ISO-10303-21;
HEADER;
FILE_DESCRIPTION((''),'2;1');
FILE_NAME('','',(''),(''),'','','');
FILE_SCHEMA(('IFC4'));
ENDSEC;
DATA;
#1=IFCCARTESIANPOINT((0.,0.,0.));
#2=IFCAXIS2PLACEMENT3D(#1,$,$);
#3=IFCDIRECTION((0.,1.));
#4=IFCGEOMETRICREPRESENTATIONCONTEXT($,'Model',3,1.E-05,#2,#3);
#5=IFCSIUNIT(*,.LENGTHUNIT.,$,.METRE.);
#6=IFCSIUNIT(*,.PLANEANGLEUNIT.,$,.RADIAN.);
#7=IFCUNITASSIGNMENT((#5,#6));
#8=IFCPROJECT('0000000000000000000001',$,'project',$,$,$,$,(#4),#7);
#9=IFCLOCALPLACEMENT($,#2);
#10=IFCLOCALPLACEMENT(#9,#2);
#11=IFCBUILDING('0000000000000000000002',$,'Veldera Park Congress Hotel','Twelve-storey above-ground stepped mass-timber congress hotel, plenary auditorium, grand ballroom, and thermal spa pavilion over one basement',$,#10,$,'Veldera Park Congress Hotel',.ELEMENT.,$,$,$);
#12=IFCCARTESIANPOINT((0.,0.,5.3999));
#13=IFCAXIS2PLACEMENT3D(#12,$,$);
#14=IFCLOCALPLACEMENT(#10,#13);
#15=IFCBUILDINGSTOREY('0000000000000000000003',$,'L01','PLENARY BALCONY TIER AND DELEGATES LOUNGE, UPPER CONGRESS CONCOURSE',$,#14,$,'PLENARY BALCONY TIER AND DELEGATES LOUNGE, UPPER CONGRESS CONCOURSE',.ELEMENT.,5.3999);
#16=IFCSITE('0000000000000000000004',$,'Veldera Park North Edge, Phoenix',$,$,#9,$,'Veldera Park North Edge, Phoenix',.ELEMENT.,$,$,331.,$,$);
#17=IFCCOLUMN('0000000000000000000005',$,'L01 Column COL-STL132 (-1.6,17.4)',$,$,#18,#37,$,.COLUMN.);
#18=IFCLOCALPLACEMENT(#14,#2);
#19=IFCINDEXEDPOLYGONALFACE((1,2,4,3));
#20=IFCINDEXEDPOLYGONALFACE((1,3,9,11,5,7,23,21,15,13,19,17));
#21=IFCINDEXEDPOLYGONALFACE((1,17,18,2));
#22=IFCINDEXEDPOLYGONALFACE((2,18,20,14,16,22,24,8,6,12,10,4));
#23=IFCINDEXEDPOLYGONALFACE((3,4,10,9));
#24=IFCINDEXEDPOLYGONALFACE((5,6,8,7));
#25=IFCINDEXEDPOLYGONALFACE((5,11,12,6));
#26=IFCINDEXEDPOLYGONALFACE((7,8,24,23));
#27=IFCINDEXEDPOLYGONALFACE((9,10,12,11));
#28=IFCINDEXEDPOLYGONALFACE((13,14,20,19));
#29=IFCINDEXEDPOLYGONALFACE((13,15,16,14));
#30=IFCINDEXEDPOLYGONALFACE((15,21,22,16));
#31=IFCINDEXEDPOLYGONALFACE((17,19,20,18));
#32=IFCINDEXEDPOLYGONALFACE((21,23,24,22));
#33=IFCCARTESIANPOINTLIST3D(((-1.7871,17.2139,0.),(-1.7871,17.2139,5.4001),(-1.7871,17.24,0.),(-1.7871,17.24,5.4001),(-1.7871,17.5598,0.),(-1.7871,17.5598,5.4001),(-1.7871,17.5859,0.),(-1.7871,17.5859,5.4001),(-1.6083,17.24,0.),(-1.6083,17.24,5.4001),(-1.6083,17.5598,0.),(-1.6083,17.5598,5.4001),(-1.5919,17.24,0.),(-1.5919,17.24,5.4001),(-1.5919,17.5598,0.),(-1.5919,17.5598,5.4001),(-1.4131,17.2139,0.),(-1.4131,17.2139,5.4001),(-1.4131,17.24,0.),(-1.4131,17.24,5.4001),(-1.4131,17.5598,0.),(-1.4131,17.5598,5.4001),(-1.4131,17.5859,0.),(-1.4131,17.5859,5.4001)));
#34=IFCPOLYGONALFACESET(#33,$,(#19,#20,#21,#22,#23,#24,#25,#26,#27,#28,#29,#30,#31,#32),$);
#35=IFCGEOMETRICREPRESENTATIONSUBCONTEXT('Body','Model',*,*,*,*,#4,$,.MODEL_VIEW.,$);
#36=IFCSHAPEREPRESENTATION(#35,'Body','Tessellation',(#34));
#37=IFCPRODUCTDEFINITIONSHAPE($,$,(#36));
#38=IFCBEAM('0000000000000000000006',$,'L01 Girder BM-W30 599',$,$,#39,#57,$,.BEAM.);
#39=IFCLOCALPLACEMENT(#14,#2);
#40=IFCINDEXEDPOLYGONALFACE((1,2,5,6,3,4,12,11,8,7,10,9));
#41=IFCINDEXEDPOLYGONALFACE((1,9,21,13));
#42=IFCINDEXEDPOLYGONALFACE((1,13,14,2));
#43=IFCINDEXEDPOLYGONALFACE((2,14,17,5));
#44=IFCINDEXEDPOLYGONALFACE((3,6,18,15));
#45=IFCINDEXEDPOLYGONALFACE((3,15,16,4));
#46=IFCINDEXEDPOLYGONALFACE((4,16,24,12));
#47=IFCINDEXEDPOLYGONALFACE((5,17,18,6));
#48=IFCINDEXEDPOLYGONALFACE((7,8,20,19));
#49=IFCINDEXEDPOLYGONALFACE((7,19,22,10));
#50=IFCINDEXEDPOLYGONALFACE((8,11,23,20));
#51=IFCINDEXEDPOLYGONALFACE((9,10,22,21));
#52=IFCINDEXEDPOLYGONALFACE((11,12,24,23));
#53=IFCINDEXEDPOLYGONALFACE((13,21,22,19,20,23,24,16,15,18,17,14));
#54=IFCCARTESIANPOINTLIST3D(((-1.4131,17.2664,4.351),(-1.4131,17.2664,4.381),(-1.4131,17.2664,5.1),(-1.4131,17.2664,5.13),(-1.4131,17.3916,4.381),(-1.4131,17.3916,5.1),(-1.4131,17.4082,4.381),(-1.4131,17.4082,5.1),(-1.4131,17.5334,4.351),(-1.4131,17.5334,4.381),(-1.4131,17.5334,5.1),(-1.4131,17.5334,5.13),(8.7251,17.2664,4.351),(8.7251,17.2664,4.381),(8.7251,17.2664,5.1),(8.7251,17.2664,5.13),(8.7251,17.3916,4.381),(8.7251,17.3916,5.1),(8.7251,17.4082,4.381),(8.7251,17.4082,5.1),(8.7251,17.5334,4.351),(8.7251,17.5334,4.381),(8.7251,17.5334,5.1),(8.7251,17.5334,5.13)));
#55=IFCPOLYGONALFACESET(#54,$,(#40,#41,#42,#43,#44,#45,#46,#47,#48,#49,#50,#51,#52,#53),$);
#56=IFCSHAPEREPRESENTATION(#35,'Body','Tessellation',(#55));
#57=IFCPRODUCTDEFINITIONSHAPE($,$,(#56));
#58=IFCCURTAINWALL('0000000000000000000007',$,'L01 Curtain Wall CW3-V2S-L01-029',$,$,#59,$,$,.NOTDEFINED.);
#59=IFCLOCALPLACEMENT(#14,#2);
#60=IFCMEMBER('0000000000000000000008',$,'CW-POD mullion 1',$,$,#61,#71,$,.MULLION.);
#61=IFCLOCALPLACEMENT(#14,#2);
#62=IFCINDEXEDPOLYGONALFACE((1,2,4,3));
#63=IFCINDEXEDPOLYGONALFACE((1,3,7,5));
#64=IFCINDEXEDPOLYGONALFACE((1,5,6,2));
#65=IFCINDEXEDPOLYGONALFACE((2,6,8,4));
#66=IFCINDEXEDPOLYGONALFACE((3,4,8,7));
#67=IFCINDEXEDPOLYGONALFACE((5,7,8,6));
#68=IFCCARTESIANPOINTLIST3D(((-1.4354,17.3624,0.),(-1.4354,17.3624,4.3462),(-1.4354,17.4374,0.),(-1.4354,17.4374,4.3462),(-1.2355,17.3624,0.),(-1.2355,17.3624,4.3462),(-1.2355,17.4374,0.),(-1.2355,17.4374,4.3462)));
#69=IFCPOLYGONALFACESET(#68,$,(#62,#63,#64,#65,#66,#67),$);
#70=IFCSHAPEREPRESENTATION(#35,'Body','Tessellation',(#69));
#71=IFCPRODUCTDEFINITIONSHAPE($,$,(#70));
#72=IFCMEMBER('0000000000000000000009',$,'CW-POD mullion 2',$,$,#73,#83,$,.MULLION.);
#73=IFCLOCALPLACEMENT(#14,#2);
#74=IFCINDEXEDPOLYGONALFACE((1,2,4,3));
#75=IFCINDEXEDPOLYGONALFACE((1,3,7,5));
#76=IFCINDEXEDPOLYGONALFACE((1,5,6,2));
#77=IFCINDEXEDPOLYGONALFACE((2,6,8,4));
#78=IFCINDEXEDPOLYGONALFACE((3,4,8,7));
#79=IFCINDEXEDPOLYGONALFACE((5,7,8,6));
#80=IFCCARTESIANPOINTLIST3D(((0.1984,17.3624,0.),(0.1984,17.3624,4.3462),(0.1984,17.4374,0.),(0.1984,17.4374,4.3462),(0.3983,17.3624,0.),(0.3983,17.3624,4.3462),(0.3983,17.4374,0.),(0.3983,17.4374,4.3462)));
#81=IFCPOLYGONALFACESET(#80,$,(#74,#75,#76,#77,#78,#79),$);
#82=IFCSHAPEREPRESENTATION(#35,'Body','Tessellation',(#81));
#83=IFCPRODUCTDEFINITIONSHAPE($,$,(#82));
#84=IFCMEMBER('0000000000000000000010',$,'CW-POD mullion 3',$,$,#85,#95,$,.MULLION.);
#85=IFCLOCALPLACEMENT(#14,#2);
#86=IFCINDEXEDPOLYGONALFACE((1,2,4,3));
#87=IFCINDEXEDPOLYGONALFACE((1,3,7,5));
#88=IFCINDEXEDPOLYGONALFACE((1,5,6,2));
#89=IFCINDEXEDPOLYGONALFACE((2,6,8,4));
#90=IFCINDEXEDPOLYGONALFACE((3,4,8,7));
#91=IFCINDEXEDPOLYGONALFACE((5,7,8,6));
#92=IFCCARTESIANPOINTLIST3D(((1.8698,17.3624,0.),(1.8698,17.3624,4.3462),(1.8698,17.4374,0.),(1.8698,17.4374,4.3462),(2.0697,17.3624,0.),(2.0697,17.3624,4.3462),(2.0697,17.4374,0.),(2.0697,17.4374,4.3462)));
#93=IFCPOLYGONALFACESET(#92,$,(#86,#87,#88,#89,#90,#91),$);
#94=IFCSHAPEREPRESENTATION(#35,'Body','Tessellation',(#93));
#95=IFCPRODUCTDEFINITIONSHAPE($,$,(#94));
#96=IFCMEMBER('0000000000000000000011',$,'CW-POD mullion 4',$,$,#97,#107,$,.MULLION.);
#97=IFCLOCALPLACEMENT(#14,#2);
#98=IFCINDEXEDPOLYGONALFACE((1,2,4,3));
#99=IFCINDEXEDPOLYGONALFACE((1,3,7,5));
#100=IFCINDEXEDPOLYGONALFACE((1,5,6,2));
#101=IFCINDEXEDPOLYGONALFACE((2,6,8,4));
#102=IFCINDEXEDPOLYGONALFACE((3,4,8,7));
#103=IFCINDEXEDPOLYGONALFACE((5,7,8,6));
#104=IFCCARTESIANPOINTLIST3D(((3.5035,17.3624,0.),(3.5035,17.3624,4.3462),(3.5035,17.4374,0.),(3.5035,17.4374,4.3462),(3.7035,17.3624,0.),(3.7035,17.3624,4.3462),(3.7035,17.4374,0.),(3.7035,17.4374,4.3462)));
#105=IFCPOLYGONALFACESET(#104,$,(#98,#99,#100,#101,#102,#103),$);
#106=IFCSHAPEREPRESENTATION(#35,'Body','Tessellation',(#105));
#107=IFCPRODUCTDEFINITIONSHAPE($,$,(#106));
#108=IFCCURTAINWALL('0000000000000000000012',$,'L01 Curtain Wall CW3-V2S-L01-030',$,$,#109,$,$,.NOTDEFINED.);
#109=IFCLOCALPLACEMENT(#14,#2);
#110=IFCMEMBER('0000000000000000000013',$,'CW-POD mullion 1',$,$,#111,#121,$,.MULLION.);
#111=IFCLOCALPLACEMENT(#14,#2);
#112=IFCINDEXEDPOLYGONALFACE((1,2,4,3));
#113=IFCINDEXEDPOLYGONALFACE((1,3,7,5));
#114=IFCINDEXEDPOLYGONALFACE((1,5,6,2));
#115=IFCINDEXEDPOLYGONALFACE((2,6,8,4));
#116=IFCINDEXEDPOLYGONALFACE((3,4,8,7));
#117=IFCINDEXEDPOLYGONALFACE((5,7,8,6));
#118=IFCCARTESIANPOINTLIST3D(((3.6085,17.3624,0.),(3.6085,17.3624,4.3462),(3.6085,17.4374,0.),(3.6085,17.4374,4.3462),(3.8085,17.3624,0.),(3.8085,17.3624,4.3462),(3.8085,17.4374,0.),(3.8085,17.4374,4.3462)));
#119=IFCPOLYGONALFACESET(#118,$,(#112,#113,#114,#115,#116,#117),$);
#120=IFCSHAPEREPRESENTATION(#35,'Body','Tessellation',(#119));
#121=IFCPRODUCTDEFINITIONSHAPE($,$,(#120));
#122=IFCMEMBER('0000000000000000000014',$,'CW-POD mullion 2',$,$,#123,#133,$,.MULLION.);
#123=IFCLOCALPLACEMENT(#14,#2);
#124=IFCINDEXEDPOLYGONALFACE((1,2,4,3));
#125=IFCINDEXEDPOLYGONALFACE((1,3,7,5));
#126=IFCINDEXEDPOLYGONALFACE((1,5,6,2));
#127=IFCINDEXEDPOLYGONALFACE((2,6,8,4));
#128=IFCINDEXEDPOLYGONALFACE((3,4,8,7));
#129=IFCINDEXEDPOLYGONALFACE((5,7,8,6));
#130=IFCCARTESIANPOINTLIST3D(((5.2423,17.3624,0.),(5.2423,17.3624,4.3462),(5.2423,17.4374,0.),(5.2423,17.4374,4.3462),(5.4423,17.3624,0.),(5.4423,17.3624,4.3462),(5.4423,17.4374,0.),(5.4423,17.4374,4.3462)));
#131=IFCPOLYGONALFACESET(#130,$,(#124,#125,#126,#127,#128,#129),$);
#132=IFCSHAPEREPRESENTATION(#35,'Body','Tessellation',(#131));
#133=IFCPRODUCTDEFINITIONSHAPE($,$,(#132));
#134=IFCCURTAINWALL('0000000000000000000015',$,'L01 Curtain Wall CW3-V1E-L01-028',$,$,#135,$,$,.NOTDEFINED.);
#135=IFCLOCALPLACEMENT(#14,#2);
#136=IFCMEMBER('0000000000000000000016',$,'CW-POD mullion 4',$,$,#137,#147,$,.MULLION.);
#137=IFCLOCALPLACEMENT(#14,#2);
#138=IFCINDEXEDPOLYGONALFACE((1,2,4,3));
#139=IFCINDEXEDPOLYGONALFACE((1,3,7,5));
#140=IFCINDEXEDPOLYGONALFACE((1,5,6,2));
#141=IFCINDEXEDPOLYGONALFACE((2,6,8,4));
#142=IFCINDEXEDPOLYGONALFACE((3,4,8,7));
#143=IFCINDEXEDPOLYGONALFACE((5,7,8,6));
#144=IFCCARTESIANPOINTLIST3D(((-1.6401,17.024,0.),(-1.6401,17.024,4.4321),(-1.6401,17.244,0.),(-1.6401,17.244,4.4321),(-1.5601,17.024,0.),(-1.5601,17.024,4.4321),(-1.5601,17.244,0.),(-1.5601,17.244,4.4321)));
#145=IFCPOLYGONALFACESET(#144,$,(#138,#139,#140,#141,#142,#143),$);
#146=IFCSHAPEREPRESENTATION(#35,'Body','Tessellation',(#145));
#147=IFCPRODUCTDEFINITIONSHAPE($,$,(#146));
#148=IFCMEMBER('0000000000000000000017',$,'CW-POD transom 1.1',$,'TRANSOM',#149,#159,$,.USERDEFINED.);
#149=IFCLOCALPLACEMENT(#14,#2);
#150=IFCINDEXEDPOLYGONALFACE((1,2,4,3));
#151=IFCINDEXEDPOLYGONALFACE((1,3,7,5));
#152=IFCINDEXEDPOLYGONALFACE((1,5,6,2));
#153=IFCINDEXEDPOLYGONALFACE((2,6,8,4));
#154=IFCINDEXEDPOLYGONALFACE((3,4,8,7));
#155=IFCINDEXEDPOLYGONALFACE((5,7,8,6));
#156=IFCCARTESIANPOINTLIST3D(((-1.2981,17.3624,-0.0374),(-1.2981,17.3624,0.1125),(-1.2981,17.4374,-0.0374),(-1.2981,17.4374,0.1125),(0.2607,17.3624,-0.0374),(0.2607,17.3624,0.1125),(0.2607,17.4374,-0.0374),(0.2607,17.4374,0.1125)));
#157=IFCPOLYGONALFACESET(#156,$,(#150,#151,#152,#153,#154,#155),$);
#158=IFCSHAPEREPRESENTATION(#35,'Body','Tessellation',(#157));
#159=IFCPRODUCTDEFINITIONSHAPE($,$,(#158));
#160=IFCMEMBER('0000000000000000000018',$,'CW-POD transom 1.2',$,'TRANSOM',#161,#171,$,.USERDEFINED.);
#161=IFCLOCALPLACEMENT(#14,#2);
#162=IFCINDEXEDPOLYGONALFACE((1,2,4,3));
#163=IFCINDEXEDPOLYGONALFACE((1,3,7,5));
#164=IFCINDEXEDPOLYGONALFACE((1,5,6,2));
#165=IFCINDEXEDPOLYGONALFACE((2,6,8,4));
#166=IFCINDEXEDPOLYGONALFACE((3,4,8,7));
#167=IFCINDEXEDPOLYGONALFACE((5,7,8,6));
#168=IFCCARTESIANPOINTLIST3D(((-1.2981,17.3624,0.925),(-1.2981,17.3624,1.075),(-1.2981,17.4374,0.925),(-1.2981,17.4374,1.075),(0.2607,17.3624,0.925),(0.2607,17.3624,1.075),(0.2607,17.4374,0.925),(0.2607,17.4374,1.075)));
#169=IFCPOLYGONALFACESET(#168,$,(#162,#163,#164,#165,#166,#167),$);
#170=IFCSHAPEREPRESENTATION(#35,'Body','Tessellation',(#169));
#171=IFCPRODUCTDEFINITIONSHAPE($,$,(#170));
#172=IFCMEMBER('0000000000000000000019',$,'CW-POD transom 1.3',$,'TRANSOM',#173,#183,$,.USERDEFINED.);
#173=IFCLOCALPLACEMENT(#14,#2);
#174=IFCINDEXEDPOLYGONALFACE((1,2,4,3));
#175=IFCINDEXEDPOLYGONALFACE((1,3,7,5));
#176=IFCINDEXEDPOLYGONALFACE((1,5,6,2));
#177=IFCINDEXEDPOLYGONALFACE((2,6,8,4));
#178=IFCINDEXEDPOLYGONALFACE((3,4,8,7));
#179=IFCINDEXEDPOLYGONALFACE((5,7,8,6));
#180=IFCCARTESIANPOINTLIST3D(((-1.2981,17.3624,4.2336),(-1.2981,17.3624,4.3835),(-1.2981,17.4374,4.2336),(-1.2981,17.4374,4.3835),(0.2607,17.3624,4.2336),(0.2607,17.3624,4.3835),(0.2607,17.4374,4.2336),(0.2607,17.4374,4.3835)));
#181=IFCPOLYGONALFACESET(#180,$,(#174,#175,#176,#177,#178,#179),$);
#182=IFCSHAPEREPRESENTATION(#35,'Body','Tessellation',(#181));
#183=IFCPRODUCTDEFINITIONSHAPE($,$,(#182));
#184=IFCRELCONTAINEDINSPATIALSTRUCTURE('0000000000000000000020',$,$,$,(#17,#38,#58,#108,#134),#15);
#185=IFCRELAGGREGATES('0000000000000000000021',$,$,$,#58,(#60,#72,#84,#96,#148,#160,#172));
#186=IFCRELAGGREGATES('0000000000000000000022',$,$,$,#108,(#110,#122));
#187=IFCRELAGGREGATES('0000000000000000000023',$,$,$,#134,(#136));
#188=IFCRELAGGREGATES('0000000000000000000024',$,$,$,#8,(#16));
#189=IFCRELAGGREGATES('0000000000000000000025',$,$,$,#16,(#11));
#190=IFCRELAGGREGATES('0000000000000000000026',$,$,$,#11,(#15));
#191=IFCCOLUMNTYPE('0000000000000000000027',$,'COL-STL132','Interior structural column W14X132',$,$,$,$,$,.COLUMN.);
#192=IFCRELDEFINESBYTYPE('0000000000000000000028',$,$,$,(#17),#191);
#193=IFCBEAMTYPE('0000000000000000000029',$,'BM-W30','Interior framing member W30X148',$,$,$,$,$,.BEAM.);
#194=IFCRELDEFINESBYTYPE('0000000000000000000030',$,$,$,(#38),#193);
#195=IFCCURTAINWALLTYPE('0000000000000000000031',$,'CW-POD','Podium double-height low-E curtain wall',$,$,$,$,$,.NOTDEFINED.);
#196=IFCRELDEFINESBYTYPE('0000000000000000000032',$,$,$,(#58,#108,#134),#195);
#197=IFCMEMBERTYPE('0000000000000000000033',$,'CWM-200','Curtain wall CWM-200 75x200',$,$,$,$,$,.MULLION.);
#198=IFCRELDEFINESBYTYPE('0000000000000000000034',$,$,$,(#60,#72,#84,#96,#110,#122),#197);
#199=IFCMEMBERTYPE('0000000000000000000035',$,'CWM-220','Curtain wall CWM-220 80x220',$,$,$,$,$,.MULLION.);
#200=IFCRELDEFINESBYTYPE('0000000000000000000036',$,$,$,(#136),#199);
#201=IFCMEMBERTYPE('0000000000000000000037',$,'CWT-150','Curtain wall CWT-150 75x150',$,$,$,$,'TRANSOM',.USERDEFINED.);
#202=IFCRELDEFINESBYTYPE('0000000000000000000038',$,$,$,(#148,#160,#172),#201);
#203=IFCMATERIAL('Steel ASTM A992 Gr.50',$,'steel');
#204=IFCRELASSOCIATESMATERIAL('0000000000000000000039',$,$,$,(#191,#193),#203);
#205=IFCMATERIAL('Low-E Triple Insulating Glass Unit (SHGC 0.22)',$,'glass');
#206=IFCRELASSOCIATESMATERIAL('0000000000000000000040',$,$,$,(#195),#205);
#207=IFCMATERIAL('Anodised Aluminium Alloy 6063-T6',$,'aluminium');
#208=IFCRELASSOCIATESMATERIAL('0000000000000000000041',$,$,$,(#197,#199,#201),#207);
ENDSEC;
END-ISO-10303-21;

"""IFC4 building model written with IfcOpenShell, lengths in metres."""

from ifc_helpers import new_model, si_unit, direction, frame, origin, origin_2d, place, context, subcontext, project, spatial, rectangle, i_section, extrude, material, material_profile, profile_set, type_object, element, aggregate, save


model = new_model("IFC4")

# Units and contexts
model_context = context("Model", 3, precision=1e-05, world=origin(), true_north=direction((0.0, 1.0)))
body_context = subcontext(model_context, "Body", "Model", "MODEL_VIEW")
ifc_project = project(units=[si_unit("LENGTHUNIT", "METRE"), si_unit("PLANEANGLEUNIT", "RADIAN")], contexts=[model_context])

# Site, building, storey
site_placement = place(None, origin())
site = spatial("IfcSite", under=ifc_project, at=site_placement, Name="Veldera Park North Edge, Phoenix", LongName="Veldera Park North Edge, Phoenix", CompositionType="ELEMENT", RefElevation=331.0)
building_placement = place(site_placement, origin())
building = spatial("IfcBuilding", under=site, at=building_placement, Name="Veldera Park Congress Hotel", Description="Twelve-storey above-ground stepped mass-timber congress hotel, plenary auditorium, grand ballroom, and thermal spa pavilion over one basement", LongName="Veldera Park Congress Hotel", CompositionType="ELEMENT")
storey_placement = place(building_placement, frame((0.0, 0.0, 5.3999)))
storey = spatial("IfcBuildingStorey", under=building, at=storey_placement, Name="L01", Description="PLENARY BALCONY TIER AND DELEGATES LOUNGE, UPPER CONGRESS CONCOURSE", LongName="PLENARY BALCONY TIER AND DELEGATES LOUNGE, UPPER CONGRESS CONCOURSE", CompositionType="ELEMENT", Elevation=5.3999)

# Column
ifc_material_1 = material(Name="Steel ASTM A992 Gr.50", Category="steel")
ifc_material_profile_1 = material_profile(ifc_material_1, i_section(OverallWidth=0.374, OverallDepth=0.3721, WebThickness=0.0164, FlangeThickness=0.0261, at=origin_2d()), Name="W14X132")
ifc_profile_set_1 = profile_set([ifc_material_profile_1], Name="Steel ASTM A992 Gr.50")
column_type = type_object("IfcColumnType", Name="COL-STL132", Description="Interior structural column W14X132", PredefinedType="COLUMN", material=ifc_profile_set_1)
column_placement = place(storey_placement, frame((-1.6001, 17.3999, 0.0), z_axis=(0.0, 0.0, 1.0), x_axis=(1.0, 0.0, 0.0)))
element("IfcColumn", 1, at=column_placement, inside=storey, type_object=column_type, Name="L01 Column COL-STL132 (-1.6,17.4)", PredefinedType="COLUMN", context=body_context, shape_type="SweptSolid", body=[
    extrude(i_section(OverallWidth=0.374, OverallDepth=0.3721, WebThickness=0.0164, FlangeThickness=0.0261, at=origin_2d()), origin(), (0.0, 0.0, 1.0), 5.4001),
])

# Beam
ifc_material_profile_2 = material_profile(ifc_material_1, i_section(OverallWidth=0.2671, OverallDepth=0.7791, WebThickness=0.0166, FlangeThickness=0.03, at=origin_2d()), Name="W30X148")
ifc_profile_set_2 = profile_set([ifc_material_profile_2], Name="Steel ASTM A992 Gr.50")
beam_type = type_object("IfcBeamType", Name="BM-W30", Description="Interior framing member W30X148", PredefinedType="BEAM", material=ifc_profile_set_2)
beam_placement = place(storey_placement, frame((-1.4131, 17.3999, 4.7405), z_axis=(1.0, 0.0, 0.0), x_axis=(0.0, 1.0, 0.0)))
element("IfcBeam", 2, at=beam_placement, inside=storey, type_object=beam_type, Name="L01 Girder BM-W30 599", PredefinedType="BEAM", context=body_context, shape_type="SweptSolid", body=[
    extrude(i_section(OverallWidth=0.2671, OverallDepth=0.7791, WebThickness=0.0166, FlangeThickness=0.03, at=origin_2d()), origin(), (0.0, 0.0, 1.0), 10.1382),
])

# Curtain walls, members
ifc_material_2 = material(Name="Low-E Triple Insulating Glass Unit (SHGC 0.22)", Category="glass")
curtain_wall_type = type_object("IfcCurtainWallType", Name="CW-POD", Description="Podium double-height low-E curtain wall", PredefinedType="NOTDEFINED", material=ifc_material_2)
curtain_wall_1_placement = place(storey_placement, origin())
curtain_wall_1 = element("IfcCurtainWall", 3, at=curtain_wall_1_placement, inside=storey, type_object=curtain_wall_type, Name="L01 Curtain Wall CW3-V2S-L01-029", PredefinedType="NOTDEFINED")
ifc_material_3 = material(Name="Anodised Aluminium Alloy 6063-T6", Category="aluminium")
ifc_material_profile_3 = material_profile(ifc_material_3, rectangle(XDim=0.075, YDim=0.2, at=origin_2d()), Name="ALU 75x200")
ifc_profile_set_3 = profile_set([ifc_material_profile_3], Name="Anodised Aluminium Alloy 6063-T6")
member_type_1 = type_object("IfcMemberType", Name="CWM-200", Description="Curtain wall CWM-200 75x200", PredefinedType="MULLION", material=ifc_profile_set_3)
member_1_placement = place(storey_placement, frame((-1.3354, 17.3999, 0.0), z_axis=(0.0, 0.0, 1.0), x_axis=(0.0, 1.0, 0.0)))
member_1 = element("IfcMember", 4, at=member_1_placement, type_object=member_type_1, Name="CW-POD mullion 1", PredefinedType="MULLION", context=body_context, shape_type="SweptSolid", body=[
    extrude(rectangle(XDim=0.075, YDim=0.2, at=origin_2d()), origin(), (0.0, 0.0, 1.0), 4.3462),
])
member_2_placement = place(storey_placement, frame((0.2983, 17.3999, 0.0), z_axis=(0.0, 0.0, 1.0), x_axis=(0.0, 1.0, 0.0)))
member_2 = element("IfcMember", 5, at=member_2_placement, type_object=member_type_1, Name="CW-POD mullion 2", PredefinedType="MULLION", context=body_context, shape_type="SweptSolid", body=[
    extrude(rectangle(XDim=0.075, YDim=0.2, at=origin_2d()), origin(), (0.0, 0.0, 1.0), 4.3462),
])
member_3_placement = place(storey_placement, frame((1.9697, 17.3999, 0.0), z_axis=(0.0, 0.0, 1.0), x_axis=(0.0, 1.0, 0.0)))
member_3 = element("IfcMember", 6, at=member_3_placement, type_object=member_type_1, Name="CW-POD mullion 3", PredefinedType="MULLION", context=body_context, shape_type="SweptSolid", body=[
    extrude(rectangle(XDim=0.075, YDim=0.2, at=origin_2d()), origin(), (0.0, 0.0, 1.0), 4.3462),
])
member_4_placement = place(storey_placement, frame((3.6035, 17.3999, 0.0), z_axis=(0.0, 0.0, 1.0), x_axis=(0.0, 1.0, 0.0)))
member_4 = element("IfcMember", 7, at=member_4_placement, type_object=member_type_1, Name="CW-POD mullion 4", PredefinedType="MULLION", context=body_context, shape_type="SweptSolid", body=[
    extrude(rectangle(XDim=0.075, YDim=0.2, at=origin_2d()), origin(), (0.0, 0.0, 1.0), 4.3462),
])
curtain_wall_2_placement = place(storey_placement, origin())
curtain_wall_2 = element("IfcCurtainWall", 8, at=curtain_wall_2_placement, inside=storey, type_object=curtain_wall_type, Name="L01 Curtain Wall CW3-V2S-L01-030", PredefinedType="NOTDEFINED")
member_5_placement = place(storey_placement, frame((3.7085, 17.3999, 0.0), z_axis=(0.0, 0.0, 1.0), x_axis=(0.0, 1.0, 0.0)))
member_5 = element("IfcMember", 9, at=member_5_placement, type_object=member_type_1, Name="CW-POD mullion 1", PredefinedType="MULLION", context=body_context, shape_type="SweptSolid", body=[
    extrude(rectangle(XDim=0.075, YDim=0.2, at=origin_2d()), origin(), (0.0, 0.0, 1.0), 4.3462),
])
member_6_placement = place(storey_placement, frame((5.3423, 17.3999, 0.0), z_axis=(0.0, 0.0, 1.0), x_axis=(0.0, 1.0, 0.0)))
member_6 = element("IfcMember", 10, at=member_6_placement, type_object=member_type_1, Name="CW-POD mullion 2", PredefinedType="MULLION", context=body_context, shape_type="SweptSolid", body=[
    extrude(rectangle(XDim=0.075, YDim=0.2, at=origin_2d()), origin(), (0.0, 0.0, 1.0), 4.3462),
])

# Curtain wall, member
curtain_wall_3_placement = place(storey_placement, origin())
curtain_wall_3 = element("IfcCurtainWall", 11, at=curtain_wall_3_placement, inside=storey, type_object=curtain_wall_type, Name="L01 Curtain Wall CW3-V1E-L01-028", PredefinedType="NOTDEFINED")
ifc_material_profile_4 = material_profile(ifc_material_3, rectangle(XDim=0.0801, YDim=0.22, at=origin_2d()), Name="ALU 80x220")
ifc_profile_set_4 = profile_set([ifc_material_profile_4], Name="Anodised Aluminium Alloy 6063-T6")
member_type_2 = type_object("IfcMemberType", Name="CWM-220", Description="Curtain wall CWM-220 80x220", PredefinedType="MULLION", material=ifc_profile_set_4)
member_7_placement = place(storey_placement, frame((-1.6001, 17.134, 0.0), z_axis=(0.0, 0.0, 1.0), x_axis=(-1.0, 0.0, 0.0)))
member_7 = element("IfcMember", 12, at=member_7_placement, type_object=member_type_2, Name="CW-POD mullion 4", PredefinedType="MULLION", context=body_context, shape_type="SweptSolid", body=[
    extrude(rectangle(XDim=0.0801, YDim=0.22, at=origin_2d()), origin(), (0.0, 0.0, 1.0), 4.4321),
])

# Members
ifc_material_profile_5 = material_profile(ifc_material_3, rectangle(XDim=0.075, YDim=0.1499, at=origin_2d()), Name="ALU 75x150")
ifc_profile_set_5 = profile_set([ifc_material_profile_5], Name="Anodised Aluminium Alloy 6063-T6")
member_type_3 = type_object("IfcMemberType", Name="CWT-150", Description="Curtain wall CWT-150 75x150", ElementType="TRANSOM", PredefinedType="USERDEFINED", material=ifc_profile_set_5)
member_8_placement = place(storey_placement, frame((-1.2981, 17.3999, 0.0376), z_axis=(1.0, 0.0, 0.0), x_axis=(0.0, 1.0, 0.0)))
member_8 = element("IfcMember", 13, at=member_8_placement, type_object=member_type_3, Name="CW-POD transom 1.1", ObjectType="TRANSOM", PredefinedType="USERDEFINED", context=body_context, shape_type="SweptSolid", body=[
    extrude(rectangle(XDim=0.075, YDim=0.1499, at=origin_2d()), origin(), (0.0, 0.0, 1.0), 1.5588),
])
member_9_placement = place(storey_placement, frame((-1.2981, 17.3999, 1.0), z_axis=(1.0, 0.0, 0.0), x_axis=(0.0, 1.0, 0.0)))
member_9 = element("IfcMember", 14, at=member_9_placement, type_object=member_type_3, Name="CW-POD transom 1.2", ObjectType="TRANSOM", PredefinedType="USERDEFINED", context=body_context, shape_type="SweptSolid", body=[
    extrude(rectangle(XDim=0.075, YDim=0.1499, at=origin_2d()), origin(), (0.0, 0.0, 1.0), 1.5588),
])
member_10_placement = place(storey_placement, frame((-1.2981, 17.3999, 4.3086), z_axis=(1.0, 0.0, 0.0), x_axis=(0.0, 1.0, 0.0)))
member_10 = element("IfcMember", 15, at=member_10_placement, type_object=member_type_3, Name="CW-POD transom 1.3", ObjectType="TRANSOM", PredefinedType="USERDEFINED", context=body_context, shape_type="SweptSolid", body=[
    extrude(rectangle(XDim=0.075, YDim=0.1499, at=origin_2d()), origin(), (0.0, 0.0, 1.0), 1.5588),
])

aggregate(curtain_wall_1, [member_1, member_2, member_3, member_4, member_8, member_9, member_10])
aggregate(curtain_wall_2, [member_5, member_6])
aggregate(curtain_wall_3, [member_7])

save(model, "model.ifc")
